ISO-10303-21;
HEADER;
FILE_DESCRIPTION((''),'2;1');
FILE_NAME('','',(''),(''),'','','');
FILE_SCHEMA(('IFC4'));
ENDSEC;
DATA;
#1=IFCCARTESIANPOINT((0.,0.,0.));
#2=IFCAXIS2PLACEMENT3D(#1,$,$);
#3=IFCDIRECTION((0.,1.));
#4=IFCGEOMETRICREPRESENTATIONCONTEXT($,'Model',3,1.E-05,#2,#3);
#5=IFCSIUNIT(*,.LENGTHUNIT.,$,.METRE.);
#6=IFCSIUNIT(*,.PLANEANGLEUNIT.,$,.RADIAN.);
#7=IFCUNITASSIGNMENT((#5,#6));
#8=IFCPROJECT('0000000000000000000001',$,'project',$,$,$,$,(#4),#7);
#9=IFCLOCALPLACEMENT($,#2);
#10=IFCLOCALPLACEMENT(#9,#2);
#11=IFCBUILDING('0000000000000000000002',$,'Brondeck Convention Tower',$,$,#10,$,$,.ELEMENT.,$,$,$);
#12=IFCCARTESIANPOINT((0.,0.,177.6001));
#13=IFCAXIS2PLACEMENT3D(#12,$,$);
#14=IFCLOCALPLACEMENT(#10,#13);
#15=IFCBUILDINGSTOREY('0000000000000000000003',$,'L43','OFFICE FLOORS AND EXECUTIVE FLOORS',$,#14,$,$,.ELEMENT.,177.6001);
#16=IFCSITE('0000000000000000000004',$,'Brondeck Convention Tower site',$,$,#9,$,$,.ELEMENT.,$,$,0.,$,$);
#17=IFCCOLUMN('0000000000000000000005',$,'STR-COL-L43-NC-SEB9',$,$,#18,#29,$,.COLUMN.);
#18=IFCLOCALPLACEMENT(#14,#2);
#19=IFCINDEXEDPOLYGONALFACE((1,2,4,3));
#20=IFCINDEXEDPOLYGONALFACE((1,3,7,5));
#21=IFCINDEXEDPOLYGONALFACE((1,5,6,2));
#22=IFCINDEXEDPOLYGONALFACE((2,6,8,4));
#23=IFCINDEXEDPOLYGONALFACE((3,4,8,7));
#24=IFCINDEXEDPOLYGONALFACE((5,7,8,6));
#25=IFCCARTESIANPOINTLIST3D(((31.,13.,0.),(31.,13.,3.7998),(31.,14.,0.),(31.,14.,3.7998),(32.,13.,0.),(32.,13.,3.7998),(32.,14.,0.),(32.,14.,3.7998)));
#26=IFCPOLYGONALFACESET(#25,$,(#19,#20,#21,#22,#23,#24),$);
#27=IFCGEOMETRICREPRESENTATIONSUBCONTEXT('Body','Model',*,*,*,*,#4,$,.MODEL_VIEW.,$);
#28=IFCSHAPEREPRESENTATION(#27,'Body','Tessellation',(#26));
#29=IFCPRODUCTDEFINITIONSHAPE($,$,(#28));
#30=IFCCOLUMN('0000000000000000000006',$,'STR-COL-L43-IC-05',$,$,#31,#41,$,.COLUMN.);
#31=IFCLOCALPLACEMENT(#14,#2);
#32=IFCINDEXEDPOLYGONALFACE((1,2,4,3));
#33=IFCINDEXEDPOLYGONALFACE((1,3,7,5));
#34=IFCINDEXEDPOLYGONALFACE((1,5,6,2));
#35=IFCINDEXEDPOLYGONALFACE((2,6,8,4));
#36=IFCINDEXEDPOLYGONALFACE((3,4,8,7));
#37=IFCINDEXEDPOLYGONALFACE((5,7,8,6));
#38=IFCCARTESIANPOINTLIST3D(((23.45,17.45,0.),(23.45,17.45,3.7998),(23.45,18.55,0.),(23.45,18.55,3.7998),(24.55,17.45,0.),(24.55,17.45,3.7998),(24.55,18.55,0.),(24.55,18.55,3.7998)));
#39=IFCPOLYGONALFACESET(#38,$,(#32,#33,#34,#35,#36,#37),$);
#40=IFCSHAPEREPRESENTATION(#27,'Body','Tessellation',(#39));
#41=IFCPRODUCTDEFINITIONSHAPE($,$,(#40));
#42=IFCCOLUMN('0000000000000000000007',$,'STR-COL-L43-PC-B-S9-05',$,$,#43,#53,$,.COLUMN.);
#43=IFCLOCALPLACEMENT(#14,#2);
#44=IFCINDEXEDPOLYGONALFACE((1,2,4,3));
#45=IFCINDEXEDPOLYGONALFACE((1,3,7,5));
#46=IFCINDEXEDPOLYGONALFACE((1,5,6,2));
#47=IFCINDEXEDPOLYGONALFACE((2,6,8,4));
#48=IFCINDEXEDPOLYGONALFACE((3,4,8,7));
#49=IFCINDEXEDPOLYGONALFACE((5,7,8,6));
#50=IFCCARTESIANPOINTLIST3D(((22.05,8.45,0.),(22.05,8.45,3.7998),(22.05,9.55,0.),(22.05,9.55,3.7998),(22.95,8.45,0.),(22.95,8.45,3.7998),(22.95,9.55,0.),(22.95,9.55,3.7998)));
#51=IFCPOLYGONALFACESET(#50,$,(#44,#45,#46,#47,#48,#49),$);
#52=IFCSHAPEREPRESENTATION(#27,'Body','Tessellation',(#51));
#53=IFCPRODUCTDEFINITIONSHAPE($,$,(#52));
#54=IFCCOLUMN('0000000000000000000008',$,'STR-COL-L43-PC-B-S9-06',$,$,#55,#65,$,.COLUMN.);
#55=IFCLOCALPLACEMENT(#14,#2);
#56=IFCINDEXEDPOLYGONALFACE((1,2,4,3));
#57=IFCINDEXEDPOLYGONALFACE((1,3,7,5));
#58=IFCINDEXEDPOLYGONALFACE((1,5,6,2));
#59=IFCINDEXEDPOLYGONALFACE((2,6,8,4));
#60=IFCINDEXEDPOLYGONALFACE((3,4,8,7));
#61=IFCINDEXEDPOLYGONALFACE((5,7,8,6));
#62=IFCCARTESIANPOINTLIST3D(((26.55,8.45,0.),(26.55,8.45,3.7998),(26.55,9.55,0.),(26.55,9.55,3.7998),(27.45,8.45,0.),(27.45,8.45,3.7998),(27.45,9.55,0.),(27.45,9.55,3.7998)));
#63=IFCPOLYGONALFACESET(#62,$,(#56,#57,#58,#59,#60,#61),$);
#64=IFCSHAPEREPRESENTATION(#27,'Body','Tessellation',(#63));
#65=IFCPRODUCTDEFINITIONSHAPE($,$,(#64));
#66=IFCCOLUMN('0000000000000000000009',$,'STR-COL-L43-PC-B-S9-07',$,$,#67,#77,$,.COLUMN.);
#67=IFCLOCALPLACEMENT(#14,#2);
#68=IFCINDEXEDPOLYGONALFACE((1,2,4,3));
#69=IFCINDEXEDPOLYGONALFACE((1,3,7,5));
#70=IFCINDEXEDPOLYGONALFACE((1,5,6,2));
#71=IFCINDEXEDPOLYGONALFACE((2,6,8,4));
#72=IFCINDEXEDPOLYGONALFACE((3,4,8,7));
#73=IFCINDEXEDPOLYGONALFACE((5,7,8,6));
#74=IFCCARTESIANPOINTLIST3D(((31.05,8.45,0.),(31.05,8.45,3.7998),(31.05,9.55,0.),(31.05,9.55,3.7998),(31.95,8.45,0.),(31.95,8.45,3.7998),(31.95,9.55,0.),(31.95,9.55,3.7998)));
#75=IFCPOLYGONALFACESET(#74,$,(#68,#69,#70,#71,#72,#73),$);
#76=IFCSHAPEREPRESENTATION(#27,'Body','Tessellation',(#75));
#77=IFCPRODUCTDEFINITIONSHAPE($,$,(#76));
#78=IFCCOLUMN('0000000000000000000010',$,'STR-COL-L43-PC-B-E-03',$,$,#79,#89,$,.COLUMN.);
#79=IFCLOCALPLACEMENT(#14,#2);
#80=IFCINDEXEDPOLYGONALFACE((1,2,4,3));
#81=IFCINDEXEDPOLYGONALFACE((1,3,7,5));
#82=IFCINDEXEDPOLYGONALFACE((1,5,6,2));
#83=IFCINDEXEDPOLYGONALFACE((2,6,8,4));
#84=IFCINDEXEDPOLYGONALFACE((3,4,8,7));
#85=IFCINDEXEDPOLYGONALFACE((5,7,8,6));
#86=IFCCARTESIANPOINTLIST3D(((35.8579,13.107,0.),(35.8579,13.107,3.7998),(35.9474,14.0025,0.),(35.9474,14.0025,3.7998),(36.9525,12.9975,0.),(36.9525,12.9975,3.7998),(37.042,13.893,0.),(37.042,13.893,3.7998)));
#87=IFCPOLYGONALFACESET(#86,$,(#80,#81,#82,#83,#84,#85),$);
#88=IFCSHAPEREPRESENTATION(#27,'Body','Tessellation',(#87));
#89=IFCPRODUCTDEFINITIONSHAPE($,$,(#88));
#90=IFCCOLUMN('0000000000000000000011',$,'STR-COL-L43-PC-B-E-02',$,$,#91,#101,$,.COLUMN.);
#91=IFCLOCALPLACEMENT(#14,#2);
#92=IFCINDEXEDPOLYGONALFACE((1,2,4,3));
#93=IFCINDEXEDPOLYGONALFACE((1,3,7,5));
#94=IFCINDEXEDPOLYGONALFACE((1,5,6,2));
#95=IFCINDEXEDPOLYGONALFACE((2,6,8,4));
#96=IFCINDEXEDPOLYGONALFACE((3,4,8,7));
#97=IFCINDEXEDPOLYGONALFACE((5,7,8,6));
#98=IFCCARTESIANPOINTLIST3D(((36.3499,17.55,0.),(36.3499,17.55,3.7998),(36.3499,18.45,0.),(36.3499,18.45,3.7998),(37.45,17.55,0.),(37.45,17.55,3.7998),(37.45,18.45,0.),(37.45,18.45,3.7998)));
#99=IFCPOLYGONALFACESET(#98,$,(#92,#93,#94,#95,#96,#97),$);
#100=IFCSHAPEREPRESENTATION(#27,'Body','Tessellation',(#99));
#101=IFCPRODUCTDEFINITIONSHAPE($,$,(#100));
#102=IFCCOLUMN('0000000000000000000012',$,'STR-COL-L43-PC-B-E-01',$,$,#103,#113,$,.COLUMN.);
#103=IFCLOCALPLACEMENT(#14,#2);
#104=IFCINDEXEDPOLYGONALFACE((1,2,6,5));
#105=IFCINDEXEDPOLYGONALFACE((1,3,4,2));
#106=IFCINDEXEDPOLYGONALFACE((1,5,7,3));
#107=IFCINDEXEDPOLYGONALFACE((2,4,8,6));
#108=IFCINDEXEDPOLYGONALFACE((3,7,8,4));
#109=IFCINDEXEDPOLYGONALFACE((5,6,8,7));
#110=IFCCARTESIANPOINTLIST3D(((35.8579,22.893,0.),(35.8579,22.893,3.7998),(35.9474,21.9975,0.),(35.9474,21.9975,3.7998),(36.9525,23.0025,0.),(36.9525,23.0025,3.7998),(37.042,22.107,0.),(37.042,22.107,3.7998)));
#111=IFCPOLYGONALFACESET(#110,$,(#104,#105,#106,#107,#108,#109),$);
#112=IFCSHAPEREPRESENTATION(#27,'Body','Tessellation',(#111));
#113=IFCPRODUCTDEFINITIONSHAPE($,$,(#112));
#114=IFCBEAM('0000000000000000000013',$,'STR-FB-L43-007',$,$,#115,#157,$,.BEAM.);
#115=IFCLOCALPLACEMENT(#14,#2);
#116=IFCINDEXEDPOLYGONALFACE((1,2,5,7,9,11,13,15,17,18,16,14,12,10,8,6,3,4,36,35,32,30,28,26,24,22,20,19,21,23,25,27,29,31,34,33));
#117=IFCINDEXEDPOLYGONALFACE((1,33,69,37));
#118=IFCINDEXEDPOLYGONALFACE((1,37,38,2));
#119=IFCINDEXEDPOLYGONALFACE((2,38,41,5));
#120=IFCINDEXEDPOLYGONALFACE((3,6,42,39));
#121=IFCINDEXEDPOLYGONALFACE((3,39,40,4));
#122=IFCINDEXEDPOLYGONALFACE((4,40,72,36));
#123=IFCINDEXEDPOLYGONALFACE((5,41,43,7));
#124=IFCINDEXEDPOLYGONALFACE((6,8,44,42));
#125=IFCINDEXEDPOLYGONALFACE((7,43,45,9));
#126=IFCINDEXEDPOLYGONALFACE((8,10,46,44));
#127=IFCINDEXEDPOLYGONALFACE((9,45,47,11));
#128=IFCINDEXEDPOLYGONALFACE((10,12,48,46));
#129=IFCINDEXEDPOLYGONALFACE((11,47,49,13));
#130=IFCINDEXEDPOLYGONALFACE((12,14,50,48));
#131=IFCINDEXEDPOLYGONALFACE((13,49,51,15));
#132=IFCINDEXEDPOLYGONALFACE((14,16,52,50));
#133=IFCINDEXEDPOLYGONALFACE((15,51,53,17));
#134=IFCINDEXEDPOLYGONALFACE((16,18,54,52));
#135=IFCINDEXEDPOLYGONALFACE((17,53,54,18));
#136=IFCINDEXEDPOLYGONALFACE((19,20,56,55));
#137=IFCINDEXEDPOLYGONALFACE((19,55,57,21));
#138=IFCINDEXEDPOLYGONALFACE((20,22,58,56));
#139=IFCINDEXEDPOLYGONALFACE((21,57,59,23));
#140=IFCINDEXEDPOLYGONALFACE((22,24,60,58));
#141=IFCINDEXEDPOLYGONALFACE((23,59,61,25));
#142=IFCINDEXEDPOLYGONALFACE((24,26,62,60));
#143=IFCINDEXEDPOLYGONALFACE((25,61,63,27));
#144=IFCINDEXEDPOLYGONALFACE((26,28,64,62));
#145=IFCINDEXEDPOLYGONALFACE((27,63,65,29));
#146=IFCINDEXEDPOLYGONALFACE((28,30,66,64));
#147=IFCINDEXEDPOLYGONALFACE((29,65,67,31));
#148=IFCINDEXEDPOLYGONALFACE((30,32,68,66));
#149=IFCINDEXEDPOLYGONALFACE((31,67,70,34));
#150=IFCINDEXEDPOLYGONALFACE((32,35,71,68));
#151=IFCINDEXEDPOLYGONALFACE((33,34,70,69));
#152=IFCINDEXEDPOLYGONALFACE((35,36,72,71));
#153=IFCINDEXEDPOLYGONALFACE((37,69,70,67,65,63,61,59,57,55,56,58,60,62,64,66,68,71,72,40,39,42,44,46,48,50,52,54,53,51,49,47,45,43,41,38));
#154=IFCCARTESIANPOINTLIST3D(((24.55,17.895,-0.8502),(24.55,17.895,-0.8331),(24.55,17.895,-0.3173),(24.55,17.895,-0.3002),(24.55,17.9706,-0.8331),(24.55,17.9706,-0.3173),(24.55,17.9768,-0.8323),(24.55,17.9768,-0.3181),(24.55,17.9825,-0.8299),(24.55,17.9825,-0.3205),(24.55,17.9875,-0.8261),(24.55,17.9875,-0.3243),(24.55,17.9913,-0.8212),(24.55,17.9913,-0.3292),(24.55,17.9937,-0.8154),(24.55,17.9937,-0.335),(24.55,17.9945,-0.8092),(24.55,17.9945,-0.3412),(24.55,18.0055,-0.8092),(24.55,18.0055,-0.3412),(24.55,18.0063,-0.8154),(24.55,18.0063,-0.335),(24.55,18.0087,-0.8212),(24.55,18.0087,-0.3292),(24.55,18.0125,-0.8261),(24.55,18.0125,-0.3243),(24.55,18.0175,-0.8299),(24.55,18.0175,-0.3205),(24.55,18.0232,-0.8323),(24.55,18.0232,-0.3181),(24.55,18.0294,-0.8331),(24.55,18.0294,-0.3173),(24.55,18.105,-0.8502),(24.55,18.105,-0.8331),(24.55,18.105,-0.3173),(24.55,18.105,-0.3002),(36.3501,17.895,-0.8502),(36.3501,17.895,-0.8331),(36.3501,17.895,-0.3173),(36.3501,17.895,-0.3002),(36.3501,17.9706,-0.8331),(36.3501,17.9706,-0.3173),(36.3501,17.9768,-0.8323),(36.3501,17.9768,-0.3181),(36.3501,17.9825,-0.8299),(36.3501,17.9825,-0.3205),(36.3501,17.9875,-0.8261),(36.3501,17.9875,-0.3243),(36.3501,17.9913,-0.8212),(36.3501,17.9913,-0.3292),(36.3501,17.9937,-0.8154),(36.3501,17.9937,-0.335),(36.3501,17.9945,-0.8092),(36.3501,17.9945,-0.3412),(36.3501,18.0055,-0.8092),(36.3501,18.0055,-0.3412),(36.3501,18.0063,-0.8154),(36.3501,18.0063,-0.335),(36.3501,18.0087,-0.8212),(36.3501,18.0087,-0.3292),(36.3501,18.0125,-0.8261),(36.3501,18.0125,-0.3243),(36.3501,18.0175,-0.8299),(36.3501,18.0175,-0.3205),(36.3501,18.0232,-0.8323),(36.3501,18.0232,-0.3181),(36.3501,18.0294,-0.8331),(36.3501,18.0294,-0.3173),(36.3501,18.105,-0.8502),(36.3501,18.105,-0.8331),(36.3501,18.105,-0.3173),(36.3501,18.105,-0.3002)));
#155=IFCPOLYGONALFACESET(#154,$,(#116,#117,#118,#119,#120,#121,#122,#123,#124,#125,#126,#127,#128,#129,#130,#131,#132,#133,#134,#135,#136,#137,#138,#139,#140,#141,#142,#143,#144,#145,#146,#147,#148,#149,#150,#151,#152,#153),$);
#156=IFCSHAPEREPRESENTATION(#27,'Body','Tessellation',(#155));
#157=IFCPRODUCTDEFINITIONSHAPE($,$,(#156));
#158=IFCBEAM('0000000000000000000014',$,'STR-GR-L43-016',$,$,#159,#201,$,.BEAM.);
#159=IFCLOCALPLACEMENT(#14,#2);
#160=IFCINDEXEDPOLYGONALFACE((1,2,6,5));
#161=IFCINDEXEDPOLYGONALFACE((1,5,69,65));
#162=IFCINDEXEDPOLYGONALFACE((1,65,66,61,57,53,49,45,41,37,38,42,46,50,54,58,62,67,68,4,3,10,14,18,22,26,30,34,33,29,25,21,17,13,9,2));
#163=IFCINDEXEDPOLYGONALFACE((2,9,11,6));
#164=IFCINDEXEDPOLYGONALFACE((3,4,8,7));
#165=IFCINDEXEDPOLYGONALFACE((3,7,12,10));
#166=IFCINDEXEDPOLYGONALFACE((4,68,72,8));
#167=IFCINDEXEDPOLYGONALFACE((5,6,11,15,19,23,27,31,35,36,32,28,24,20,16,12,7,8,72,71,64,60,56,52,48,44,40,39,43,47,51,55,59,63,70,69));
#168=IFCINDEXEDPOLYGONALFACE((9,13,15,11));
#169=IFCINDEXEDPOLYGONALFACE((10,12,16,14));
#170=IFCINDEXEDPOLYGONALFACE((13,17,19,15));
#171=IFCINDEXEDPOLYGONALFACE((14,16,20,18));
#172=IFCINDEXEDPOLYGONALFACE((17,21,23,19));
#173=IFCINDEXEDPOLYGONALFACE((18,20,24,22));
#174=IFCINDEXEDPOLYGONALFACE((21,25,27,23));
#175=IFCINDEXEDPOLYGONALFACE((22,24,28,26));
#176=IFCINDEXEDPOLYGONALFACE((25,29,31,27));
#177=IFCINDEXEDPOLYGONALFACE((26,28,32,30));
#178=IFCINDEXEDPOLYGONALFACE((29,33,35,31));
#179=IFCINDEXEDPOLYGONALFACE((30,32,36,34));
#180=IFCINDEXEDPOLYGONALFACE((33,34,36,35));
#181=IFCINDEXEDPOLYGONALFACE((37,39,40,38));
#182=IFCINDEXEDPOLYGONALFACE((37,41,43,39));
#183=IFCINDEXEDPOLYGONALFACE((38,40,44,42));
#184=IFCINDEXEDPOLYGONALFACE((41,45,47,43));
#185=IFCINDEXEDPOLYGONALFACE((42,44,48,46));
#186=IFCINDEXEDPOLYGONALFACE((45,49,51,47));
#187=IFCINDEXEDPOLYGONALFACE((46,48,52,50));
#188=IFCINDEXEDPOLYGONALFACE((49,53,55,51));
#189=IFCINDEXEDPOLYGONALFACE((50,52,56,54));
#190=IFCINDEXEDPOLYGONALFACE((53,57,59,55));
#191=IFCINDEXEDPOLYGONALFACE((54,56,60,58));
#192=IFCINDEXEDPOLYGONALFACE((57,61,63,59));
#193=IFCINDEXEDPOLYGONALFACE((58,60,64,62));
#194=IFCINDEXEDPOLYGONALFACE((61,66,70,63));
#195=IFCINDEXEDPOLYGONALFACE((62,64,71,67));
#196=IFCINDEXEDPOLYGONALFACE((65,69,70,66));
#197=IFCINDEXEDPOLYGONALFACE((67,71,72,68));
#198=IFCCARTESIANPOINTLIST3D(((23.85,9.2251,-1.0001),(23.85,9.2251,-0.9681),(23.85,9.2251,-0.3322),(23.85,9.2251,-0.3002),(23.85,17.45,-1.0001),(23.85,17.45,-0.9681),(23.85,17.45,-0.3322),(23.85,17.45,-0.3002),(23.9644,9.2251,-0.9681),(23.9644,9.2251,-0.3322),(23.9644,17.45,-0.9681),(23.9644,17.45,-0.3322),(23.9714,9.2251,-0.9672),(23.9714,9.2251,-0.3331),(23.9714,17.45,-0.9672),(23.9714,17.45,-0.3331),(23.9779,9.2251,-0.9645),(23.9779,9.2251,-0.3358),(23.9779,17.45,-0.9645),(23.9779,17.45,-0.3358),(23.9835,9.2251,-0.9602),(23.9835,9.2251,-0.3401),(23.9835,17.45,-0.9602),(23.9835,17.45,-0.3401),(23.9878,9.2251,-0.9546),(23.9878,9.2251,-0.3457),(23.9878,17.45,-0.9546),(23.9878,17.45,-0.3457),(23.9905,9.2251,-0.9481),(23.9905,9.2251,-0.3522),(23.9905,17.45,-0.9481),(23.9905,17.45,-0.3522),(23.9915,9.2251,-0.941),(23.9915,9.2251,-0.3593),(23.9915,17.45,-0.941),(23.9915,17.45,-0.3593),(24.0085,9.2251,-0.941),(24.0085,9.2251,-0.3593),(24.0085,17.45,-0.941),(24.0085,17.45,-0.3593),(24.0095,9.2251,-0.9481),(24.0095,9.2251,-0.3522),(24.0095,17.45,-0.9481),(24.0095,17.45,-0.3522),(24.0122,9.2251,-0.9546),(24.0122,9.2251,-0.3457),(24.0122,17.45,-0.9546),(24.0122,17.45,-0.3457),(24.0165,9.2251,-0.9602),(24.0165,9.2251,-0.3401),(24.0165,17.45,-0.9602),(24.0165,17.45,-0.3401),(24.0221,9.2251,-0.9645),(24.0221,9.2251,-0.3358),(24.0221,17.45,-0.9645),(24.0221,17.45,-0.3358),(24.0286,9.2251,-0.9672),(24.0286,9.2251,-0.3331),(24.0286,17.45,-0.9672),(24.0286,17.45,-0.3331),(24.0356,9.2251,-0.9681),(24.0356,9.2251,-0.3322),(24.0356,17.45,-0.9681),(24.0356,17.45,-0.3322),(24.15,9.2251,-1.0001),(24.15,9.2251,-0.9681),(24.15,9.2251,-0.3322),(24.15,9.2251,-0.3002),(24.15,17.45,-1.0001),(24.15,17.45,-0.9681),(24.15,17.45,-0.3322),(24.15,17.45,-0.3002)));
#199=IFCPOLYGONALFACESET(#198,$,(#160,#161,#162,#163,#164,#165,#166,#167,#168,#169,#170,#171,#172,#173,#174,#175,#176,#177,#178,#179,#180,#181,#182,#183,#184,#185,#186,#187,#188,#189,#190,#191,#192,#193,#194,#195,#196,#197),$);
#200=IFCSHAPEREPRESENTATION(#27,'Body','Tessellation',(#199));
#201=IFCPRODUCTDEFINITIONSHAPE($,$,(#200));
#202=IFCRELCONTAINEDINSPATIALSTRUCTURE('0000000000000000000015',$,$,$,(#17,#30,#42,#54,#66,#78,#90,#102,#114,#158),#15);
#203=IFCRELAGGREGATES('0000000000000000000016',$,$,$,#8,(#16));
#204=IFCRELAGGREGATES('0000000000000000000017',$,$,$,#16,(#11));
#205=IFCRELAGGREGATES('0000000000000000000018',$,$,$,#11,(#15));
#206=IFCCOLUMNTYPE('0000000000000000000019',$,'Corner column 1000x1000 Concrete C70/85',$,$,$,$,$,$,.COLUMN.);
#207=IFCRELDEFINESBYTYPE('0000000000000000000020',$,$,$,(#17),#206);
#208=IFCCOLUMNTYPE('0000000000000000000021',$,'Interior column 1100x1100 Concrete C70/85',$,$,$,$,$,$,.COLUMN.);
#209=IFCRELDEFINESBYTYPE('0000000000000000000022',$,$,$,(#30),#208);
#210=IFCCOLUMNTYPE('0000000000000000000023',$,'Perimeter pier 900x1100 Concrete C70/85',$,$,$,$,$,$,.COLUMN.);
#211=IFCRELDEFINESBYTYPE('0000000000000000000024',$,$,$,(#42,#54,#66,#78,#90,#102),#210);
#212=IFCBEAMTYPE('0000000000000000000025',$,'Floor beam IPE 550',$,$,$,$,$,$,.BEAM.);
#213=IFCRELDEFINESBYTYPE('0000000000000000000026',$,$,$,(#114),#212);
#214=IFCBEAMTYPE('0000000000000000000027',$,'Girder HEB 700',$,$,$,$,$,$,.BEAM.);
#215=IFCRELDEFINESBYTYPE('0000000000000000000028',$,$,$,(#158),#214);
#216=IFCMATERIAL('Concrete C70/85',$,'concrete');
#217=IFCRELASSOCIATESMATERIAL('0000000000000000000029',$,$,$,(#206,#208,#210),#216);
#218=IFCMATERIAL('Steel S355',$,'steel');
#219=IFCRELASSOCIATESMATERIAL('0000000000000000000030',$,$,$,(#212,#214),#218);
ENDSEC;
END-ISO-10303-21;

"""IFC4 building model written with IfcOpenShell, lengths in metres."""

from ifc_helpers import new_model, si_unit, direction, frame, origin, origin_2d, place, context, subcontext, project, spatial, rectangle, i_section, extrude, material, material_profile, profile_set, type_object, element, save


model = new_model("IFC4")

# Units and contexts
model_context = context("Model", 3, precision=1e-05, world=origin(), true_north=direction((0.0, 1.0)))
body_context = subcontext(model_context, "Body", "Model", "MODEL_VIEW")
ifc_project = project(units=[si_unit("LENGTHUNIT", "METRE"), si_unit("PLANEANGLEUNIT", "RADIAN")], contexts=[model_context])

# Site, building, storey
site_placement = place(None, origin())
site = spatial("IfcSite", under=ifc_project, at=site_placement, Name="Brondeck Convention Tower site", CompositionType="ELEMENT", RefElevation=0.0)
building_placement = place(site_placement, origin())
building = spatial("IfcBuilding", under=site, at=building_placement, Name="Brondeck Convention Tower", CompositionType="ELEMENT")
storey_placement = place(building_placement, frame((0.0, 0.0, 177.6001)))
storey = spatial("IfcBuildingStorey", under=building, at=storey_placement, Name="L43", Description="OFFICE FLOORS AND EXECUTIVE FLOORS", CompositionType="ELEMENT", Elevation=177.6001)

# Columns
ifc_material_1 = material(Name="Concrete C70/85", Category="concrete")
ifc_material_profile_1 = material_profile(ifc_material_1, rectangle(XDim=1.0, YDim=1.0, at=origin_2d()), Name="Corner column 1000x1000 Concrete C70/85")
ifc_profile_set_1 = profile_set([ifc_material_profile_1], Name="Concrete C70/85")
column_type_1 = type_object("IfcColumnType", Name="Corner column 1000x1000 Concrete C70/85", PredefinedType="COLUMN", material=ifc_profile_set_1)
column_1_placement = place(storey_placement, frame((31.5, 13.5, 0.0), z_axis=(0.0, 0.0, 1.0), x_axis=(1.0, 0.0, 0.0)))
element("IfcColumn", 1, at=column_1_placement, inside=storey, type_object=column_type_1, Name="STR-COL-L43-NC-SEB9", PredefinedType="COLUMN", context=body_context, shape_type="SweptSolid", body=[
    extrude(rectangle(XDim=1.0, YDim=1.0, at=origin_2d()), origin(), (0.0, 0.0, 1.0), 3.7998),
])
ifc_material_profile_2 = material_profile(ifc_material_1, rectangle(XDim=1.1001, YDim=1.1001, at=origin_2d()), Name="Interior column 1100x1100 Concrete C70/85")
ifc_profile_set_2 = profile_set([ifc_material_profile_2], Name="Concrete C70/85")
column_type_2 = type_object("IfcColumnType", Name="Interior column 1100x1100 Concrete C70/85", PredefinedType="COLUMN", material=ifc_profile_set_2)
column_2_placement = place(storey_placement, frame((24.0, 18.0, 0.0), z_axis=(0.0, 0.0, 1.0), x_axis=(1.0, 0.0, 0.0)))
element("IfcColumn", 2, at=column_2_placement, inside=storey, type_object=column_type_2, Name="STR-COL-L43-IC-05", PredefinedType="COLUMN", context=body_context, shape_type="SweptSolid", body=[
    extrude(rectangle(XDim=1.1001, YDim=1.1001, at=origin_2d()), origin(), (0.0, 0.0, 1.0), 3.7998),
])
ifc_material_profile_3 = material_profile(ifc_material_1, rectangle(XDim=0.8999, YDim=1.1001, at=origin_2d()), Name="Perimeter pier 900x1100 Concrete C70/85")
ifc_profile_set_3 = profile_set([ifc_material_profile_3], Name="Concrete C70/85")
column_type_3 = type_object("IfcColumnType", Name="Perimeter pier 900x1100 Concrete C70/85", PredefinedType="COLUMN", material=ifc_profile_set_3)
for number, where, z_axis, x_axis, name in (
    (3, (22.5, 9.0, 0.0), (0.0, 0.0, 1.0), (1.0, 0.0, 0.0), "STR-COL-L43-PC-B-S9-05"),
    (4, (27.0, 9.0, 0.0), (0.0, 0.0, 1.0), (1.0, 0.0, 0.0), "STR-COL-L43-PC-B-S9-06"),
    (5, (31.5, 9.0, 0.0), (0.0, 0.0, 1.0), (1.0, 0.0, 0.0), "STR-COL-L43-PC-B-S9-07"),
    (6, (36.45, 13.5, 0.0), (0.0, 0.0, 1.0), (0.099504, 0.995037, 0.0), "STR-COL-L43-PC-B-E-03"),
    (7, (36.8999, 18.0, 0.0), (0.0, 0.0, 1.0), (0.0, 1.0, 0.0), "STR-COL-L43-PC-B-E-02"),
    (8, (36.45, 22.5, 0.0), (0.0, 0.0, 1.0), (-0.099504, 0.995037, 0.0), "STR-COL-L43-PC-B-E-01"),
):
    element("IfcColumn", number, at=place(storey_placement, frame(where, z_axis=z_axis, x_axis=x_axis)), inside=storey, type_object=column_type_3, Name=name, PredefinedType="COLUMN", context=body_context, shape_type="SweptSolid", body=[
        extrude(rectangle(XDim=0.8999, YDim=1.1001, at=origin_2d()), origin(), (0.0, 0.0, 1.0), 3.7998),
    ])

# Beams
ifc_material_2 = material(Name="Steel S355", Category="steel")
ifc_material_profile_4 = material_profile(ifc_material_2, i_section(OverallWidth=0.21, OverallDepth=0.55, WebThickness=0.011, FlangeThickness=0.0171, FilletRadius=0.0239, at=origin_2d()), Name="IPE 550")
ifc_profile_set_4 = profile_set([ifc_material_profile_4], Name="Steel S355")
beam_type_1 = type_object("IfcBeamType", Name="Floor beam IPE 550", PredefinedType="BEAM", material=ifc_profile_set_4)
beam_1_placement = place(storey_placement, frame((24.55, 18.0, -0.5752), z_axis=(1.0, 0.0, 0.0), x_axis=(0.0, 1.0, 0.0)))
element("IfcBeam", 9, at=beam_1_placement, inside=storey, type_object=beam_type_1, Name="STR-FB-L43-007", PredefinedType="BEAM", context=body_context, shape_type="SweptSolid", body=[
    extrude(i_section(OverallWidth=0.21, OverallDepth=0.55, WebThickness=0.011, FlangeThickness=0.0171, FilletRadius=0.0239, at=origin_2d()), origin(), (0.0, 0.0, 1.0), 11.8),
])
ifc_material_profile_5 = material_profile(ifc_material_2, i_section(OverallWidth=0.3, OverallDepth=0.7, WebThickness=0.0171, FlangeThickness=0.032, FilletRadius=0.0271, at=origin_2d()), Name="HEB 700")
ifc_profile_set_5 = profile_set([ifc_material_profile_5], Name="Steel S355")
beam_type_2 = type_object("IfcBeamType", Name="Girder HEB 700", PredefinedType="BEAM", material=ifc_profile_set_5)
beam_2_placement = place(storey_placement, frame((24.0, 17.45, -0.6501), z_axis=(0.0, -1.0, 0.0), x_axis=(1.0, 0.0, 0.0)))
element("IfcBeam", 10, at=beam_2_placement, inside=storey, type_object=beam_type_2, Name="STR-GR-L43-016", PredefinedType="BEAM", context=body_context, shape_type="SweptSolid", body=[
    extrude(i_section(OverallWidth=0.3, OverallDepth=0.7, WebThickness=0.0171, FlangeThickness=0.032, FilletRadius=0.0271, at=origin_2d()), origin(), (0.0, 0.0, 1.0), 8.2249),
])

save(model, "model.ifc")
